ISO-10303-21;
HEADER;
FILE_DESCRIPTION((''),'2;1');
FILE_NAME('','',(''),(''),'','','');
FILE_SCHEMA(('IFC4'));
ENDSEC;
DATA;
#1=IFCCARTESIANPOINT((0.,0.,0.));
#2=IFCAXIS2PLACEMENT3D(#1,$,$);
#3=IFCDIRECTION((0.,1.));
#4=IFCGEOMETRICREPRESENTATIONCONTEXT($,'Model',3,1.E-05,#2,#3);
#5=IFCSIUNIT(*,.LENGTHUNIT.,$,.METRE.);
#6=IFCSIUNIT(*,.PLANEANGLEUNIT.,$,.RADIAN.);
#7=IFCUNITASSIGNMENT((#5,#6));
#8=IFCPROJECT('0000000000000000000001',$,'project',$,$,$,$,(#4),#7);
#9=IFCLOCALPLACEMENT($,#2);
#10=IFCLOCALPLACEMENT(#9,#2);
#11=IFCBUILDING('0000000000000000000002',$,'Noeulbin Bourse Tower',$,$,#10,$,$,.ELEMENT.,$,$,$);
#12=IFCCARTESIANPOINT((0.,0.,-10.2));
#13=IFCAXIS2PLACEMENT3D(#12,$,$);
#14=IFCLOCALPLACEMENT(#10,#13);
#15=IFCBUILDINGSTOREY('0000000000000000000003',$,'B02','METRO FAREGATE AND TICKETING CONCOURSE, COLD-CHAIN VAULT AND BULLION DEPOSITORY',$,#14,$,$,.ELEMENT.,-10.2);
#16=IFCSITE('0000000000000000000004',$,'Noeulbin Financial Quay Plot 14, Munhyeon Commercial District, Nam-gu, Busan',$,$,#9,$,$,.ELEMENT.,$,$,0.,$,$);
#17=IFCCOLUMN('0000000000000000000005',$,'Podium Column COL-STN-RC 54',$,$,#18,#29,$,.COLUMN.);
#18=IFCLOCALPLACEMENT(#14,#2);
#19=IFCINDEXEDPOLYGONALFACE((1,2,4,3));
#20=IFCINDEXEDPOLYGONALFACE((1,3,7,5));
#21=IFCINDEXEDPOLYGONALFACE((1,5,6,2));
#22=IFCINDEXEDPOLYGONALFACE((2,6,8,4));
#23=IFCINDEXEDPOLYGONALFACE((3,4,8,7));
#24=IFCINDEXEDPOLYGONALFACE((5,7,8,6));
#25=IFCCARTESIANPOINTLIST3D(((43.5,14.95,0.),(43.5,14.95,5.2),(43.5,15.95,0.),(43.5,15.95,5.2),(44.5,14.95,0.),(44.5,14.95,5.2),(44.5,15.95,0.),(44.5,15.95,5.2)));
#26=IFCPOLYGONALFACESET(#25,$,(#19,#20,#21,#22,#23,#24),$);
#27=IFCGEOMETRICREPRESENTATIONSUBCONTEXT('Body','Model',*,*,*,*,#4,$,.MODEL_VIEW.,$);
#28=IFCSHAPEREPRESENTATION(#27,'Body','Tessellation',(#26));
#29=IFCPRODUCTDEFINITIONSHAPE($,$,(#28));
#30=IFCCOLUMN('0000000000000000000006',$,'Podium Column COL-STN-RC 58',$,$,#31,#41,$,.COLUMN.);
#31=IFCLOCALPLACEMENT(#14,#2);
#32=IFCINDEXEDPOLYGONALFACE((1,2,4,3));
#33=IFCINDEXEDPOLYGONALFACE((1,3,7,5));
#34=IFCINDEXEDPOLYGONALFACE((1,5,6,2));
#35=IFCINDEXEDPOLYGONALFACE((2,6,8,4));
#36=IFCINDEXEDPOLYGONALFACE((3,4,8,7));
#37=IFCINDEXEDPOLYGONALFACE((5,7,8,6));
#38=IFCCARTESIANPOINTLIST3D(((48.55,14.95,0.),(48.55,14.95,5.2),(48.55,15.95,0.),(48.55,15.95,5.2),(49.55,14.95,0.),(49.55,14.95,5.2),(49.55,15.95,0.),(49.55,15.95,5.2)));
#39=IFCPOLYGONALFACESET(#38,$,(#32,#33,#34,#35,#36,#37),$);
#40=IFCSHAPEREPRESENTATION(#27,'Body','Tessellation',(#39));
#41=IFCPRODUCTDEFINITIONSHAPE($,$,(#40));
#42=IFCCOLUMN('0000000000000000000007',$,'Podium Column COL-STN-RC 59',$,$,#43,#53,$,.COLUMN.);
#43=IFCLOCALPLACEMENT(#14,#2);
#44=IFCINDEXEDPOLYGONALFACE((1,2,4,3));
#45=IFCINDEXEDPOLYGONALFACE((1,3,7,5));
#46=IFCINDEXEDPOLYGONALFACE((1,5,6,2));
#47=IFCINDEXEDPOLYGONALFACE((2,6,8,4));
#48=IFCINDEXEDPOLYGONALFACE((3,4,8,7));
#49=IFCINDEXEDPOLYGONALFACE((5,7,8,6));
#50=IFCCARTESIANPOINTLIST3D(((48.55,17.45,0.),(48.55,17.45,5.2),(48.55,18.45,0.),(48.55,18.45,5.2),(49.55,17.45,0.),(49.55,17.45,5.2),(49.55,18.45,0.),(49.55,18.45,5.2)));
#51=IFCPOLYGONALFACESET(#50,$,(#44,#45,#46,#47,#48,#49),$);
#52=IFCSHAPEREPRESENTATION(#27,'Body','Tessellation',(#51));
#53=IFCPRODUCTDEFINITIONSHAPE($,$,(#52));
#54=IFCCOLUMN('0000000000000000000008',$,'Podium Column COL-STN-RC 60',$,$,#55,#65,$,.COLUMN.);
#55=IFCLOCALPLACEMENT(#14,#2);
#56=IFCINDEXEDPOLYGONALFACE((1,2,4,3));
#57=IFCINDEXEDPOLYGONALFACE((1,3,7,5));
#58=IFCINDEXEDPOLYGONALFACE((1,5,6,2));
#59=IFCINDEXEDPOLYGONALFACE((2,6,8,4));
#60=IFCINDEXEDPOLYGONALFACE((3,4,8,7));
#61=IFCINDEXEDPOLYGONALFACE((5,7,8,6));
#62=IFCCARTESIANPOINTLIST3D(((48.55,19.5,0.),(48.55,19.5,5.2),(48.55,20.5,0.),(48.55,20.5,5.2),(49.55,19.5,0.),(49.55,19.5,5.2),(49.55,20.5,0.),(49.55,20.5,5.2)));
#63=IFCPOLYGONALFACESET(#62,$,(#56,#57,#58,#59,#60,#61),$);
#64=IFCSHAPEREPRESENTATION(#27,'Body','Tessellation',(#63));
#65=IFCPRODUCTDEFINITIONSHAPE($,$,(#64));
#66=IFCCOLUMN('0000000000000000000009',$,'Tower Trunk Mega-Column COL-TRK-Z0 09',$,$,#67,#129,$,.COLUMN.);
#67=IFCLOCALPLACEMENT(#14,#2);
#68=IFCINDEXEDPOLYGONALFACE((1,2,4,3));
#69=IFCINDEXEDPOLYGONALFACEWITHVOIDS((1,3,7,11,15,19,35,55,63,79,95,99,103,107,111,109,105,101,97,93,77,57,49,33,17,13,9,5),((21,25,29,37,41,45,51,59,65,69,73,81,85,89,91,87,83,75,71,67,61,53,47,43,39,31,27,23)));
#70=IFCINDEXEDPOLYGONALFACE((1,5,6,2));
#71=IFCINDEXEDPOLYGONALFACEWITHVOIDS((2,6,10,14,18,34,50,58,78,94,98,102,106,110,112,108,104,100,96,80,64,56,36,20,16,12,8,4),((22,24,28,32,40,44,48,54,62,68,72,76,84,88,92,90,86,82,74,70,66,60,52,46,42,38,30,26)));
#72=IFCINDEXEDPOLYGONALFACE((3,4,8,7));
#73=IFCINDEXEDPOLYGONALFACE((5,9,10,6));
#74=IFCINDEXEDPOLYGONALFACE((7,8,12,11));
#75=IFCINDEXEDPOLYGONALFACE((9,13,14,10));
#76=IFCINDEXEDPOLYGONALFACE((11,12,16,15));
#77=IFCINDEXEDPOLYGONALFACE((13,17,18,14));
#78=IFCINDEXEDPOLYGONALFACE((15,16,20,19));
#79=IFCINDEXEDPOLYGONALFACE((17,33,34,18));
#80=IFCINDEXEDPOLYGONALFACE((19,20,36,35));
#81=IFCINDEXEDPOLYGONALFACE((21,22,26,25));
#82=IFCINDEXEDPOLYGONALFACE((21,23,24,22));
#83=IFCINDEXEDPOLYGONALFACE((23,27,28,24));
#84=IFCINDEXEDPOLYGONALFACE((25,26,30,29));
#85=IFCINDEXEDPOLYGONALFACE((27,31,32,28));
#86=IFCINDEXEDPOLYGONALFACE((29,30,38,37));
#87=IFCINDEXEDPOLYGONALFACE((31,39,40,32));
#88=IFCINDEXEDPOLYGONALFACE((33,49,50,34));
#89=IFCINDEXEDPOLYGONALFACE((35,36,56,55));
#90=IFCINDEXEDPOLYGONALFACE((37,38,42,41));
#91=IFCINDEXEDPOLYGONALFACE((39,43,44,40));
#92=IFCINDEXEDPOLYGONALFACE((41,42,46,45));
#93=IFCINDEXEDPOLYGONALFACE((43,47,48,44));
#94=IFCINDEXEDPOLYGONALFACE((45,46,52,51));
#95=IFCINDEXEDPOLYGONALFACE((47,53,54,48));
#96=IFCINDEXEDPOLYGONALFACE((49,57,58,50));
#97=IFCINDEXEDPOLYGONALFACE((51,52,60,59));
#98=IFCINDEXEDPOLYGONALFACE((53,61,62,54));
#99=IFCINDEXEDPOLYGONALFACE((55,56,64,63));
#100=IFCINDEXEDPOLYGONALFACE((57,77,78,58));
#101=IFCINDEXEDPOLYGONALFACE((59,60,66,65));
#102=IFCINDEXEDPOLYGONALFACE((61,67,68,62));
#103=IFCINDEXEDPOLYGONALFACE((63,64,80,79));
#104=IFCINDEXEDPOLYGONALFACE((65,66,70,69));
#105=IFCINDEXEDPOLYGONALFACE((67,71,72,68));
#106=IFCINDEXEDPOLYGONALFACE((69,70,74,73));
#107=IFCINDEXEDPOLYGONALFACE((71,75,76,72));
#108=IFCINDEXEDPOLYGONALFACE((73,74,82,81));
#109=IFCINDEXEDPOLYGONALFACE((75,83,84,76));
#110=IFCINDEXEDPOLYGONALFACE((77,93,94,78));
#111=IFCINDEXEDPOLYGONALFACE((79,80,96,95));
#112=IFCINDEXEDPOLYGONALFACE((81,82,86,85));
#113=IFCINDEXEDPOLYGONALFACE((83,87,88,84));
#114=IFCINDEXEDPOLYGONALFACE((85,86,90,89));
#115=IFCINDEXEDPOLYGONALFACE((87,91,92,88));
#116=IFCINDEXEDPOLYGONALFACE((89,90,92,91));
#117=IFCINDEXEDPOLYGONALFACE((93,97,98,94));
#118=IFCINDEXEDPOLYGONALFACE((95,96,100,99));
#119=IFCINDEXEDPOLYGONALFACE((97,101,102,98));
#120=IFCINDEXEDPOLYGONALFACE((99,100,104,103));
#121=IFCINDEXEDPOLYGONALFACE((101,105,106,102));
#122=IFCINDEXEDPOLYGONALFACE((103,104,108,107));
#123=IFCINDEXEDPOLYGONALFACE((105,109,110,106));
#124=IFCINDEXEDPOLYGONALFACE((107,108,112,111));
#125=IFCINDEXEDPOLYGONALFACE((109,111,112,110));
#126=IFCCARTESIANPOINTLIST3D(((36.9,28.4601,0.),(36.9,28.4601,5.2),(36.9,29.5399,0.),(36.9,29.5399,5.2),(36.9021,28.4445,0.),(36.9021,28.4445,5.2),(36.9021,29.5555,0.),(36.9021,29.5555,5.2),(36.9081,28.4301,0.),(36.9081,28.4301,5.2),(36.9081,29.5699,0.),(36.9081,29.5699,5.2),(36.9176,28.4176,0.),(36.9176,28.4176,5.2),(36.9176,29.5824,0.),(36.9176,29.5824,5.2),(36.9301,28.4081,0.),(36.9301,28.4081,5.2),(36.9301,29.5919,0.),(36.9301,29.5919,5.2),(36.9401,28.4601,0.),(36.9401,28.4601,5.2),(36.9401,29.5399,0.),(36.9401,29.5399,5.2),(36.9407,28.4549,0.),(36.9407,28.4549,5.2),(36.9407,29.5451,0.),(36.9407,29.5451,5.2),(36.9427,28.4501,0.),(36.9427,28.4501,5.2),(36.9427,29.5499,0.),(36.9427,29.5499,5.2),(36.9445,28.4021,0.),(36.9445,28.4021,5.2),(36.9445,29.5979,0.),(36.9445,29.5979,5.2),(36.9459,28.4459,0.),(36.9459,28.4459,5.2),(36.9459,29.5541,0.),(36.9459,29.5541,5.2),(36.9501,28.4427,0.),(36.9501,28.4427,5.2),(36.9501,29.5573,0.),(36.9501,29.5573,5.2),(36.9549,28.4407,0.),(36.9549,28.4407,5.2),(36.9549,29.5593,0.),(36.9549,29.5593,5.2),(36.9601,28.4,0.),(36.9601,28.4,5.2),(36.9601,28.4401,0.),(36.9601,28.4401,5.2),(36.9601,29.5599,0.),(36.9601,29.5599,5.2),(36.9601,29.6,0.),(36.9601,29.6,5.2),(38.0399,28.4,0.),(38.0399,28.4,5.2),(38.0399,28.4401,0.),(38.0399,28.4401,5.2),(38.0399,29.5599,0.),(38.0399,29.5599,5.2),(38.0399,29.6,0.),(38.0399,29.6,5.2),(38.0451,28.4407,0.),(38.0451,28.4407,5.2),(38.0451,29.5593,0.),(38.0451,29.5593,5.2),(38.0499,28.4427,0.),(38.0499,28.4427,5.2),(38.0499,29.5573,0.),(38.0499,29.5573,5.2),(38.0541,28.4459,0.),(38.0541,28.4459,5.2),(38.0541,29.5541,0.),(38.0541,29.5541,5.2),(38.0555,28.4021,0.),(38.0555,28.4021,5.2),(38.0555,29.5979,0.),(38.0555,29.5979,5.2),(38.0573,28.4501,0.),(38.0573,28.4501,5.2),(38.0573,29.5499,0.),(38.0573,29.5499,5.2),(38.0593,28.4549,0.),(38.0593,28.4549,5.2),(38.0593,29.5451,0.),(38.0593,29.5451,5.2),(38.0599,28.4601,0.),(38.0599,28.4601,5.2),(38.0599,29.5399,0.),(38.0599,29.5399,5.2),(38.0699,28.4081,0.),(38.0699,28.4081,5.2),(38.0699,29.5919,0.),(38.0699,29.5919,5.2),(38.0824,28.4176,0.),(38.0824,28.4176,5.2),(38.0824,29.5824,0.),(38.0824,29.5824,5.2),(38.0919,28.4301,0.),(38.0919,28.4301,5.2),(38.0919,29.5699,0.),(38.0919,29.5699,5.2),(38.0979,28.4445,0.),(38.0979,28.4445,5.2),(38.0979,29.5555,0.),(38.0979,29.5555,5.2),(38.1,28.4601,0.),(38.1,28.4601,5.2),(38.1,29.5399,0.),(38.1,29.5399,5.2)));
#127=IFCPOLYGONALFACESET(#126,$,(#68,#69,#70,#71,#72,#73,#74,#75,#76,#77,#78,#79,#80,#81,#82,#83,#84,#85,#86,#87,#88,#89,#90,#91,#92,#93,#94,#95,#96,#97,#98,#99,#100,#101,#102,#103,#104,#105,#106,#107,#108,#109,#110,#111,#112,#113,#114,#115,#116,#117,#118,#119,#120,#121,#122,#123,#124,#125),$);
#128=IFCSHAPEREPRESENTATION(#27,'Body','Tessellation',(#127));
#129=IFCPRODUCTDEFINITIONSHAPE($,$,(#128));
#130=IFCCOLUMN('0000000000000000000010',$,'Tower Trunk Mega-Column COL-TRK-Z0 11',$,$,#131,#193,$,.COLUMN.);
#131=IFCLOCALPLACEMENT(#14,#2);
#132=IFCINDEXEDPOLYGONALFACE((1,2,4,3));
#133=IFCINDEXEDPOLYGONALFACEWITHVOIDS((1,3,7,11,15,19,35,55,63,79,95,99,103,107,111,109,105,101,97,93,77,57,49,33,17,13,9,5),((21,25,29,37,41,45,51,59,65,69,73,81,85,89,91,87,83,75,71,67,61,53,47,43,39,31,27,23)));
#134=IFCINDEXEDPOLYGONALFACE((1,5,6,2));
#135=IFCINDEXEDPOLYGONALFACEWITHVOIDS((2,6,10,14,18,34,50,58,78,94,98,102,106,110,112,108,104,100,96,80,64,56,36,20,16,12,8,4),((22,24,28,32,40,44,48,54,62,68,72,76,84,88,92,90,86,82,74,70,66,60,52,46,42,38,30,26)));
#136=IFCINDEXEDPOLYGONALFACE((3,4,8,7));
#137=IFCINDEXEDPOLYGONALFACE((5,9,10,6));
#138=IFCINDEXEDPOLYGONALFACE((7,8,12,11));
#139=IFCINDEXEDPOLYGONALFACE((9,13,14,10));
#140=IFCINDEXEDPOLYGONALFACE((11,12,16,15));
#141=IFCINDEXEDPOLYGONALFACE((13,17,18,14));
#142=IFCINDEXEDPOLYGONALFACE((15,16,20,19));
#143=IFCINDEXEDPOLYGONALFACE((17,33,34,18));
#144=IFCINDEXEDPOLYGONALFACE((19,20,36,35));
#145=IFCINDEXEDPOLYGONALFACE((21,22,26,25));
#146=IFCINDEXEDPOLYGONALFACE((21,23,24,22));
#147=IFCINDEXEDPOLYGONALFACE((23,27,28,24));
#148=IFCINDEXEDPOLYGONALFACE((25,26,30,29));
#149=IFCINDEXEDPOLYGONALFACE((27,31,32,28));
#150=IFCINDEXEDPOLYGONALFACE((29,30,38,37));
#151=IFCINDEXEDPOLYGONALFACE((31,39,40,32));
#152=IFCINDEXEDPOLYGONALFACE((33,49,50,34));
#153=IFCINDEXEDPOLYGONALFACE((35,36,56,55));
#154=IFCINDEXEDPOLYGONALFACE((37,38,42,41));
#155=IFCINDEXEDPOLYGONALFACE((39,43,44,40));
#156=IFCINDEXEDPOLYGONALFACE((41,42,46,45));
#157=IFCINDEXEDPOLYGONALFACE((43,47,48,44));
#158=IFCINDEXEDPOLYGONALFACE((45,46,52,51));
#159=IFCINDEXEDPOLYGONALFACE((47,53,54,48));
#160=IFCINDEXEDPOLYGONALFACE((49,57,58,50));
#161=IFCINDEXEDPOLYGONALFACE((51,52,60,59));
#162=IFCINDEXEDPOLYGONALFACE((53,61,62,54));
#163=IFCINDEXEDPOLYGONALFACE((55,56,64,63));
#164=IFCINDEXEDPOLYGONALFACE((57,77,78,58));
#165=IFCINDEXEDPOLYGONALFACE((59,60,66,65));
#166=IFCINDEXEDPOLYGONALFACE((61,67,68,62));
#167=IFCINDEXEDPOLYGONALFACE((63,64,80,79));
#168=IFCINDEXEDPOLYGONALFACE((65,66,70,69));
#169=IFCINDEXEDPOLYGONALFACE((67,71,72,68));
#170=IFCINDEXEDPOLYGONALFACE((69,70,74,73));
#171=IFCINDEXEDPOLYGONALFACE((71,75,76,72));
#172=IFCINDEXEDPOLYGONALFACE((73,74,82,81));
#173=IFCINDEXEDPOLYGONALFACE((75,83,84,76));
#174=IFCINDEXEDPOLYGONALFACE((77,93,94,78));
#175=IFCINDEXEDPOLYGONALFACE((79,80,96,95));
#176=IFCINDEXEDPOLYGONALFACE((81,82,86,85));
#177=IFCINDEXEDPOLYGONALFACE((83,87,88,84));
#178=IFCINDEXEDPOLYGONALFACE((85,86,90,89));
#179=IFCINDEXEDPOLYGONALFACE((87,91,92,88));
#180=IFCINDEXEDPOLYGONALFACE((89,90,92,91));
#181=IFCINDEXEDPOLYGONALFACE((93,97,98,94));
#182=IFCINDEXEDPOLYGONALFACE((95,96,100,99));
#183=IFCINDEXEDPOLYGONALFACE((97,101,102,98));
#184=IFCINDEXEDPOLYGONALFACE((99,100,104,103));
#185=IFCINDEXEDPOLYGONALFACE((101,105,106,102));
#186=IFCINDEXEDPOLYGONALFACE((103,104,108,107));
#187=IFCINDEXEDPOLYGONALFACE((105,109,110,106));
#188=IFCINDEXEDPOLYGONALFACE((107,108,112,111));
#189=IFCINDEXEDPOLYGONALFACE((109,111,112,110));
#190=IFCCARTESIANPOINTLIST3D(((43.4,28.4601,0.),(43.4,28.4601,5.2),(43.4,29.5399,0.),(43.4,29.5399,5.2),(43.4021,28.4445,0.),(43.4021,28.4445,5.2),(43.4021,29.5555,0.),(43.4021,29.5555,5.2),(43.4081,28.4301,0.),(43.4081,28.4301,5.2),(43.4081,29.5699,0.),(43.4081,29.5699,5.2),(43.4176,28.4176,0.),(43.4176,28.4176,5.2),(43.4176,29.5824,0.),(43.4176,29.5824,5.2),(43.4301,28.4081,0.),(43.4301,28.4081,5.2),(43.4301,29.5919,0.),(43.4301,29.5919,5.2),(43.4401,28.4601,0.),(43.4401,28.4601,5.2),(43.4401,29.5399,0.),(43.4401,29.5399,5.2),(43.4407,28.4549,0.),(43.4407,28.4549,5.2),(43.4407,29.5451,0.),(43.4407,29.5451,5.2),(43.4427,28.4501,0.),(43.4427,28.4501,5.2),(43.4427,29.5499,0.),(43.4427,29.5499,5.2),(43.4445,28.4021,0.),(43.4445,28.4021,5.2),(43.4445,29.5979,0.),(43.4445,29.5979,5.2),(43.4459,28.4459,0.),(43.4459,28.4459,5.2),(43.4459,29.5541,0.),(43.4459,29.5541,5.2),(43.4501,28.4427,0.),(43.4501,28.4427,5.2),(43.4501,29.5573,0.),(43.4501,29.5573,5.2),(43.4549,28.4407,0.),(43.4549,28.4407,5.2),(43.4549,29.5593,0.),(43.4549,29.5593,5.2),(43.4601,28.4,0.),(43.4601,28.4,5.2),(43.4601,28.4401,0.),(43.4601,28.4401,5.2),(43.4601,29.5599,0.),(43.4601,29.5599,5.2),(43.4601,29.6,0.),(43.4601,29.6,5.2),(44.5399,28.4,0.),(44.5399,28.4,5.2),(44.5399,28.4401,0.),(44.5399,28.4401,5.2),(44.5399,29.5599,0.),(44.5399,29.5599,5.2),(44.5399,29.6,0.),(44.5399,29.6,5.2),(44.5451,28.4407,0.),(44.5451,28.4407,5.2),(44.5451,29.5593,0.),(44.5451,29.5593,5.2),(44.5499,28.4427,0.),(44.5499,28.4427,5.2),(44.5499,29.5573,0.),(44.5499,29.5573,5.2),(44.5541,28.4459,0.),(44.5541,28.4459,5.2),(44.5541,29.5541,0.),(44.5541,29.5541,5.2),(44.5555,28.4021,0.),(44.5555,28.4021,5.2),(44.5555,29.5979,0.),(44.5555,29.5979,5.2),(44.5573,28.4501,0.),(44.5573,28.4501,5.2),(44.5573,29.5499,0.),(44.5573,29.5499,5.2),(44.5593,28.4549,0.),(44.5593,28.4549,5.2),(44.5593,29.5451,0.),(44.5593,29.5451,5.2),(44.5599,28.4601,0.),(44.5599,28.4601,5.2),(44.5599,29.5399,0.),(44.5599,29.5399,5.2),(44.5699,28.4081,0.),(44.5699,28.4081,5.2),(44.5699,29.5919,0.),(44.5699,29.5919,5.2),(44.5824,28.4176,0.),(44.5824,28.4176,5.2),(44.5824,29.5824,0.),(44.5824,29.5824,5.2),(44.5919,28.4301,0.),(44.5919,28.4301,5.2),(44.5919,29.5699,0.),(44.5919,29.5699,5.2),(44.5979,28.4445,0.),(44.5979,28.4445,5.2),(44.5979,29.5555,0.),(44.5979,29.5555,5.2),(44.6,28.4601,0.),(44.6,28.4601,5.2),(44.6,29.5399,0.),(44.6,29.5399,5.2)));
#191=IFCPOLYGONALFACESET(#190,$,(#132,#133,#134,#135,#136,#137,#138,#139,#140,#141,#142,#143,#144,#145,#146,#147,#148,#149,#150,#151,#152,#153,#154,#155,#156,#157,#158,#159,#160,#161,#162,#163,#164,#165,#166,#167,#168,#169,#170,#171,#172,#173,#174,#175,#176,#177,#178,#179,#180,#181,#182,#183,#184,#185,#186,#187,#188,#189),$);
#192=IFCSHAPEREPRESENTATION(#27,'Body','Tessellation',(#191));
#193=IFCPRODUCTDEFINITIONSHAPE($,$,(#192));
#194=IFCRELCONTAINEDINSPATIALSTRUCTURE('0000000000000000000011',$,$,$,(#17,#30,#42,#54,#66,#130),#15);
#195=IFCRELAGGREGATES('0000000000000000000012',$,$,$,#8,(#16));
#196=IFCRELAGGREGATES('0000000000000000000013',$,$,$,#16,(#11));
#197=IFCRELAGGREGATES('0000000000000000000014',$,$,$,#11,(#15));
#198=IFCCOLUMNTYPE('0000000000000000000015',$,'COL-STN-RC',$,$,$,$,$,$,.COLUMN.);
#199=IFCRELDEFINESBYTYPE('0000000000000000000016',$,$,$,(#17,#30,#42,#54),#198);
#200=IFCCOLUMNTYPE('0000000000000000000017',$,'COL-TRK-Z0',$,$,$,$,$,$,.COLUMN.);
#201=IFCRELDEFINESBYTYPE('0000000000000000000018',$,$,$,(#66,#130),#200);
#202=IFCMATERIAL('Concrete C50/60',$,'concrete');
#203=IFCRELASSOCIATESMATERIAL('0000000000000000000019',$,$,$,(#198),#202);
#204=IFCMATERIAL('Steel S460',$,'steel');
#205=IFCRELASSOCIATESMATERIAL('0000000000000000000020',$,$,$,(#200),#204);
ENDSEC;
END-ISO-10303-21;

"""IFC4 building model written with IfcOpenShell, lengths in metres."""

from ifc_helpers import new_model, si_unit, direction, frame, origin, origin_2d, place, context, subcontext, project, spatial, rectangle, hollow_rectangle, extrude, material, material_profile, profile_set, type_object, element, save


model = new_model("IFC4")

# Units and contexts
model_context = context("Model", 3, precision=1e-05, world=origin(), true_north=direction((0.0, 1.0)))
body_context = subcontext(model_context, "Body", "Model", "MODEL_VIEW")
ifc_project = project(units=[si_unit("LENGTHUNIT", "METRE"), si_unit("PLANEANGLEUNIT", "RADIAN")], contexts=[model_context])

# Site, building, storey
site_placement = place(None, origin())
site = spatial("IfcSite", under=ifc_project, at=site_placement, Name="Noeulbin Financial Quay Plot 14, Munhyeon Commercial District, Nam-gu, Busan", CompositionType="ELEMENT", RefElevation=0.0)
building_placement = place(site_placement, origin())
building = spatial("IfcBuilding", under=site, at=building_placement, Name="Noeulbin Bourse Tower", CompositionType="ELEMENT")
storey_placement = place(building_placement, frame((0.0, 0.0, -10.2)))
storey = spatial("IfcBuildingStorey", under=building, at=storey_placement, Name="B02", Description="METRO FAREGATE AND TICKETING CONCOURSE, COLD-CHAIN VAULT AND BULLION DEPOSITORY", CompositionType="ELEMENT", Elevation=-10.2)

# Columns
ifc_material_1 = material(Name="Concrete C50/60", Category="concrete")
ifc_material_profile_1 = material_profile(ifc_material_1, rectangle(XDim=1.0, YDim=1.0, at=origin_2d()), Name="RC-COL-1000x1000", Category="LoadBearing")
ifc_profile_set_1 = profile_set([ifc_material_profile_1], Name="Concrete C50/60")
column_type_1 = type_object("IfcColumnType", Name="COL-STN-RC", PredefinedType="COLUMN", material=ifc_profile_set_1)
for number, where, z_axis, x_axis, name in (
    (1, (44.0, 15.45, 0.0), (0.0, 0.0, 1.0), (1.0, 0.0, 0.0), "Podium Column COL-STN-RC 54"),
    (2, (49.05, 15.45, 0.0), (0.0, 0.0, 1.0), (1.0, 0.0, 0.0), "Podium Column COL-STN-RC 58"),
    (3, (49.05, 17.95, 0.0), (0.0, 0.0, 1.0), (1.0, 0.0, 0.0), "Podium Column COL-STN-RC 59"),
    (4, (49.05, 20.0, 0.0), (0.0, 0.0, 1.0), (1.0, 0.0, 0.0), "Podium Column COL-STN-RC 60"),
):
    element("IfcColumn", number, at=place(storey_placement, frame(where, z_axis=z_axis, x_axis=x_axis)), inside=storey, type_object=column_type_1, Name=name, PredefinedType="COLUMN", context=body_context, shape_type="SweptSolid", body=[
        extrude(rectangle(XDim=1.0, YDim=1.0, at=origin_2d()), origin(), (0.0, 0.0, 1.0), 5.2),
    ])
ifc_material_2 = material(Name="Steel S460", Category="steel")
ifc_material_profile_2 = material_profile(ifc_material_2, hollow_rectangle(XDim=1.2, YDim=1.2, WallThickness=0.04, InnerFilletRadius=0.02, OuterFilletRadius=0.0601, at=origin_2d()), Name="BOX-1200x1200x40", Category="LoadBearing")
ifc_profile_set_2 = profile_set([ifc_material_profile_2], Name="Steel S460")
column_type_2 = type_object("IfcColumnType", Name="COL-TRK-Z0", PredefinedType="COLUMN", material=ifc_profile_set_2)
for number, where, z_axis, x_axis, name in (
    (5, (37.5, 29.0, 0.0), (0.0, 0.0, 1.0), (1.0, 0.0, 0.0), "Tower Trunk Mega-Column COL-TRK-Z0 09"),
    (6, (44.0, 29.0, 0.0), (0.0, 0.0, 1.0), (1.0, 0.0, 0.0), "Tower Trunk Mega-Column COL-TRK-Z0 11"),
):
    element("IfcColumn", number, at=place(storey_placement, frame(where, z_axis=z_axis, x_axis=x_axis)), inside=storey, type_object=column_type_2, Name=name, PredefinedType="COLUMN", context=body_context, shape_type="SweptSolid", body=[
        extrude(hollow_rectangle(XDim=1.2, YDim=1.2, WallThickness=0.04, InnerFilletRadius=0.02, OuterFilletRadius=0.0601, at=origin_2d()), origin(), (0.0, 0.0, 1.0), 5.2),
    ])

save(model, "model.ifc")
